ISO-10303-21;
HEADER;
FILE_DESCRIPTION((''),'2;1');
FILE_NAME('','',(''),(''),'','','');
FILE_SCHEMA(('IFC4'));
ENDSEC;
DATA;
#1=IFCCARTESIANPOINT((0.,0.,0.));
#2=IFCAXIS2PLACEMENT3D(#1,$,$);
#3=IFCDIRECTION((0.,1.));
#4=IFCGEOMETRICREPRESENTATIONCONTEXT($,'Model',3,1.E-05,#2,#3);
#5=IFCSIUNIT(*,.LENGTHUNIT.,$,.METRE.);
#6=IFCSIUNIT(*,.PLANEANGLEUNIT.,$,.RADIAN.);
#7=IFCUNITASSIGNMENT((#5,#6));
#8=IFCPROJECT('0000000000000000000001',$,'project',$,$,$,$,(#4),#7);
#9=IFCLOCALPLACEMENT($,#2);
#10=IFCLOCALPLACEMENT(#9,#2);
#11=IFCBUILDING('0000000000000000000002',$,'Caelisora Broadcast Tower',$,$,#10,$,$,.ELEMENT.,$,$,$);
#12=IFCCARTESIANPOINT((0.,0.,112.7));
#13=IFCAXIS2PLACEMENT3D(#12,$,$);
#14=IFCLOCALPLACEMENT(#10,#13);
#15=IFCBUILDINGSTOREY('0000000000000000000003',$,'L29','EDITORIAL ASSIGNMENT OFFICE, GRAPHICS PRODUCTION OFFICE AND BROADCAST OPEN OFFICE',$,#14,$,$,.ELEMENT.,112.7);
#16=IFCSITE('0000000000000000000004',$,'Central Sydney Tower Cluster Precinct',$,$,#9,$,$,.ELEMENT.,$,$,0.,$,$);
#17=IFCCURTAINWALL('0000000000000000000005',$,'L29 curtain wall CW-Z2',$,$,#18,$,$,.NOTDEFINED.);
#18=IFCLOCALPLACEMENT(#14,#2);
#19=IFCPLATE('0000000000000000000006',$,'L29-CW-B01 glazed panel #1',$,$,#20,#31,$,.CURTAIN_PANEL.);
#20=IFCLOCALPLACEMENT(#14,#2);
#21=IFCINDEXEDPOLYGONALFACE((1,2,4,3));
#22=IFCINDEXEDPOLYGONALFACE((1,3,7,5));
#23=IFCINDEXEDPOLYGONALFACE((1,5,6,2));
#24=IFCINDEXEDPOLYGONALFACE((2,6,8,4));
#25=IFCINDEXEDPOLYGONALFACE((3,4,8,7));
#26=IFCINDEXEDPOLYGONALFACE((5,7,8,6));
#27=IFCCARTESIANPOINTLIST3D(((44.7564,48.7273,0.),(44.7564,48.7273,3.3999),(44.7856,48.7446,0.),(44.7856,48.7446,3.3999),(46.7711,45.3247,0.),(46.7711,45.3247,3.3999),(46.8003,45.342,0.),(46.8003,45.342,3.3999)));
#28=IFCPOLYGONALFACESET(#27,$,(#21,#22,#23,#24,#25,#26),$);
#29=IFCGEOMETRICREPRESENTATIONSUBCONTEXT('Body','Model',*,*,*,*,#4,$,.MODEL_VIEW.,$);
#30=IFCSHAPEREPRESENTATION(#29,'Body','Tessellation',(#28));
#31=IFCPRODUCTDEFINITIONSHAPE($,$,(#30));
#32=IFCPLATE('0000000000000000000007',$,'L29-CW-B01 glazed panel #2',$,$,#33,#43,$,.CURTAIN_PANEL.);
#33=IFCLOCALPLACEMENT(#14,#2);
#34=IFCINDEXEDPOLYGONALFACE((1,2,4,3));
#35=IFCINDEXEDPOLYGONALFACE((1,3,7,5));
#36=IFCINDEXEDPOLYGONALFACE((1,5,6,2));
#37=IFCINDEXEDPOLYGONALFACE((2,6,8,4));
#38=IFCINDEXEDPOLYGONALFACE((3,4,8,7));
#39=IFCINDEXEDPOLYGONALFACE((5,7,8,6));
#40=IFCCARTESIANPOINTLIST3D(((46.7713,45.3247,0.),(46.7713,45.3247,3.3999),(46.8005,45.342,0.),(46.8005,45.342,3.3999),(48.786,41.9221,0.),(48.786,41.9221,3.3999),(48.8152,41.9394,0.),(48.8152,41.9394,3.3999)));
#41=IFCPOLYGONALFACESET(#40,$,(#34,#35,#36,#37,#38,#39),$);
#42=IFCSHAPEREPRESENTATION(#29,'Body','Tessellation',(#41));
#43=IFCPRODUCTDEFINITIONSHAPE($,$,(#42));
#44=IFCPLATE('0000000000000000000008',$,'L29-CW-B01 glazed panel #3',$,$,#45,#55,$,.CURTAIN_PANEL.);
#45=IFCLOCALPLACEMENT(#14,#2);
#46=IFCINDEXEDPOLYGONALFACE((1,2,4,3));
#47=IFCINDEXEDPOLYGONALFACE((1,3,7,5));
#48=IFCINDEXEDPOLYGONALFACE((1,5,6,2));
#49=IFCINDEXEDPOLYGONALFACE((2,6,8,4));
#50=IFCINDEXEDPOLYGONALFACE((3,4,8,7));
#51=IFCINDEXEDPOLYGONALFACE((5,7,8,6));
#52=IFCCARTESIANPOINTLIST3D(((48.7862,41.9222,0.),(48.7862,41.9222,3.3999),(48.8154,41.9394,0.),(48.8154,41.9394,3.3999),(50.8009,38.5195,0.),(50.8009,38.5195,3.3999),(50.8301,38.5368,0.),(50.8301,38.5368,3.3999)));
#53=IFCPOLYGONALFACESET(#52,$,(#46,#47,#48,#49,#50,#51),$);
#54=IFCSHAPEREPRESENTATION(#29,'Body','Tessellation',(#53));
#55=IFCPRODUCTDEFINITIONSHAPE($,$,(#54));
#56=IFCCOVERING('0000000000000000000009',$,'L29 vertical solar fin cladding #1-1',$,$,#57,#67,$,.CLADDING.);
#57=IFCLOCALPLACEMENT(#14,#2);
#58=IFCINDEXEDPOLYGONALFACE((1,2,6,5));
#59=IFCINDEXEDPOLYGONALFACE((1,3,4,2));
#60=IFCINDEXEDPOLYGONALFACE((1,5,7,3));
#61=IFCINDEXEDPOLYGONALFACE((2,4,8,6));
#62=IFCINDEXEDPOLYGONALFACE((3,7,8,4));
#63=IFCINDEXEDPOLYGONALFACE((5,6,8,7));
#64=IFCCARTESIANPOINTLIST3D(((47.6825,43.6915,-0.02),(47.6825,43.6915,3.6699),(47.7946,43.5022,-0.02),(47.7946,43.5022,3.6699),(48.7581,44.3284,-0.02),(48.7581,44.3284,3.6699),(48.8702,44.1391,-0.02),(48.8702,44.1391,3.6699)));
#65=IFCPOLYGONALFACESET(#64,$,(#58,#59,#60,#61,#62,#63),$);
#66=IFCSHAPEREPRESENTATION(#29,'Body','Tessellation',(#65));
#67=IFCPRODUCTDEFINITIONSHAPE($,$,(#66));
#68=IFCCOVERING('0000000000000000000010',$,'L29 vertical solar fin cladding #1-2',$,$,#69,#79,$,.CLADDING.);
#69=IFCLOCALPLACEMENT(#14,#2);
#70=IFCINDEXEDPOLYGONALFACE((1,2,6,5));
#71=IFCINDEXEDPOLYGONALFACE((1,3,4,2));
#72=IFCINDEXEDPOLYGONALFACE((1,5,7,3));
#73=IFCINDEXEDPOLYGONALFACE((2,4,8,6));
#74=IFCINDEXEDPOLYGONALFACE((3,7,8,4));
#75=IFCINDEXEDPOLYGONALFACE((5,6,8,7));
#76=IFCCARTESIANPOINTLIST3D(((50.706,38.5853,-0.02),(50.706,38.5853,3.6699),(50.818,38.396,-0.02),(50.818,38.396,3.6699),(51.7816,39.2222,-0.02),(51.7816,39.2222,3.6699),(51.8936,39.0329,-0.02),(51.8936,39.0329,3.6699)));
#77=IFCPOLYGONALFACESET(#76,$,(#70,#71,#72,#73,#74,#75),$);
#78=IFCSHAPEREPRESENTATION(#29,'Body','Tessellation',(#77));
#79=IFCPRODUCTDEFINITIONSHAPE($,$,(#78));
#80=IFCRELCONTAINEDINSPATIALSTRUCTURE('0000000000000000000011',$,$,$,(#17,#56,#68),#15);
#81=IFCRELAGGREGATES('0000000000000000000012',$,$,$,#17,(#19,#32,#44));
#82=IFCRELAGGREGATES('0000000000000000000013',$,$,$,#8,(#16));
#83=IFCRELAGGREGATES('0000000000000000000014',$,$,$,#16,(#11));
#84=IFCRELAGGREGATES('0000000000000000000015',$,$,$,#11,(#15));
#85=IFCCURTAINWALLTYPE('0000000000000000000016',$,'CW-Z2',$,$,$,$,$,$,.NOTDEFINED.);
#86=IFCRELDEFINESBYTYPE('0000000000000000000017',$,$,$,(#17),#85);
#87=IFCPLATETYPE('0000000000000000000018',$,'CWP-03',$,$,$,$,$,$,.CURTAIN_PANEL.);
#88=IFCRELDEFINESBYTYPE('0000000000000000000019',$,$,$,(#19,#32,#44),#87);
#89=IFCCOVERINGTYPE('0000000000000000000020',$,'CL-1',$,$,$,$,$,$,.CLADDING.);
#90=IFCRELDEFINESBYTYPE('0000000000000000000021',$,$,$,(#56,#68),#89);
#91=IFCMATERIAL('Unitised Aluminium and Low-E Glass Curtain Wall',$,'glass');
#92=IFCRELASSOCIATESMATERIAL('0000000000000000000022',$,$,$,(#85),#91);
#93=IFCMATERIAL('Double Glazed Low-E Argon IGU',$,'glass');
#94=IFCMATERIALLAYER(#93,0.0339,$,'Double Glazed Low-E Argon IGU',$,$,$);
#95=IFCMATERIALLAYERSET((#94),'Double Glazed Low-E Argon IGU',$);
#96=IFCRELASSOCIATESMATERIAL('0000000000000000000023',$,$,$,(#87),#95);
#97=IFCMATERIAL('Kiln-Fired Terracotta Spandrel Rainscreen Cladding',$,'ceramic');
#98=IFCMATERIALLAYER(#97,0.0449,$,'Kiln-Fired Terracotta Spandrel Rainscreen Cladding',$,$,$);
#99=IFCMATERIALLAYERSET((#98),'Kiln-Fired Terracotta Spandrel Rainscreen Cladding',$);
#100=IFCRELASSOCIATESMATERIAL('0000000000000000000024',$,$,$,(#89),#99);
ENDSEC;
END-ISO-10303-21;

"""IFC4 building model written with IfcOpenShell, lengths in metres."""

from ifc_helpers import new_model, si_unit, direction, frame, origin, origin_2d, place, context, subcontext, project, spatial, rectangle, extrude, source, transform, mapped, material, layer, layer_set, type_object, type_shapes, element, aggregate, save


model = new_model("IFC4")

# Units and contexts
model_context = context("Model", 3, precision=1e-05, world=origin(), true_north=direction((0.0, 1.0)))
body_context = subcontext(model_context, "Body", "Model", "MODEL_VIEW")
ifc_project = project(units=[si_unit("LENGTHUNIT", "METRE"), si_unit("PLANEANGLEUNIT", "RADIAN")], contexts=[model_context])

# Site, building, storey
site_placement = place(None, origin())
site = spatial("IfcSite", under=ifc_project, at=site_placement, Name="Central Sydney Tower Cluster Precinct", CompositionType="ELEMENT", RefElevation=0.0)
building_placement = place(site_placement, origin())
building = spatial("IfcBuilding", under=site, at=building_placement, Name="Caelisora Broadcast Tower", CompositionType="ELEMENT")
storey_placement = place(building_placement, frame((0.0, 0.0, 112.7)))
storey = spatial("IfcBuildingStorey", under=building, at=storey_placement, Name="L29", Description="EDITORIAL ASSIGNMENT OFFICE, GRAPHICS PRODUCTION OFFICE AND BROADCAST OPEN OFFICE", CompositionType="ELEMENT", Elevation=112.7)

# Curtain wall
ifc_material_1 = material(Name="Unitised Aluminium and Low-E Glass Curtain Wall", Category="glass")
curtain_wall_type_1 = type_object("IfcCurtainWallType", Name="CW-Z2", PredefinedType="NOTDEFINED", material=ifc_material_1)
curtain_wall_1_placement = place(storey_placement, origin())
curtain_wall_1 = element("IfcCurtainWall", 1, at=curtain_wall_1_placement, inside=storey, type_object=curtain_wall_type_1, Name="L29 curtain wall CW-Z2", PredefinedType="NOTDEFINED")

# Plates
ifc_material_2 = material(Name="Double Glazed Low-E Argon IGU", Category="glass")
ifc_layer_1 = layer(ifc_material_2, 0.0339, Name="Double Glazed Low-E Argon IGU")
ifc_layer_set_1 = layer_set([ifc_layer_1], Name="Double Glazed Low-E Argon IGU")
plate_type_1 = type_object("IfcPlateType", Name="CWP-03", PredefinedType="CURTAIN_PANEL", material=ifc_layer_set_1)
shared_shape_1 = source(origin(), body_context, "Body", "SweptSolid", [
    extrude(rectangle(XDim=3.9543, YDim=0.0339, at=origin_2d()), origin(), (0.0, 0.0, 1.0), 3.3999),
])
type_shapes(plate_type_1, [shared_shape_1])
plate_1_placement = place(storey_placement, frame((45.7783, 47.0347, 0.0), z_axis=(0.0, 0.0, 1.0), x_axis=(0.509492, -0.860475, 0.0)))
plate_1 = element("IfcPlate", 2, at=plate_1_placement, type_object=plate_type_1, Name="L29-CW-B01 glazed panel #1", PredefinedType="CURTAIN_PANEL", context=body_context, shape_type="MappedRepresentation", body=[
    mapped(shared_shape_1, transform((0.0, 0.0, 0.0), scale=1.0)),
])
plate_2_placement = place(storey_placement, frame((47.7932, 43.6321, 0.0), z_axis=(0.0, 0.0, 1.0), x_axis=(0.509492, -0.860475, 0.0)))
plate_2 = element("IfcPlate", 3, at=plate_2_placement, type_object=plate_type_1, Name="L29-CW-B01 glazed panel #2", PredefinedType="CURTAIN_PANEL", context=body_context, shape_type="MappedRepresentation", body=[
    mapped(shared_shape_1, transform((0.0, 0.0, 0.0), scale=1.0)),
])
plate_3_placement = place(storey_placement, frame((49.8081, 40.2295, 0.0), z_axis=(0.0, 0.0, 1.0), x_axis=(0.509492, -0.860475, 0.0)))
plate_3 = element("IfcPlate", 4, at=plate_3_placement, type_object=plate_type_1, Name="L29-CW-B01 glazed panel #3", PredefinedType="CURTAIN_PANEL", context=body_context, shape_type="MappedRepresentation", body=[
    mapped(shared_shape_1, transform((0.0, 0.0, 0.0), scale=1.0)),
])
aggregate(curtain_wall_1, [plate_1, plate_2, plate_3])

# Coverings
ifc_material_3 = material(Name="Kiln-Fired Terracotta Spandrel Rainscreen Cladding", Category="ceramic")
ifc_layer_2 = layer(ifc_material_3, 0.0449, Name="Kiln-Fired Terracotta Spandrel Rainscreen Cladding")
ifc_layer_set_2 = layer_set([ifc_layer_2], Name="Kiln-Fired Terracotta Spandrel Rainscreen Cladding")
covering_type = type_object("IfcCoveringType", Name="CL-1", PredefinedType="CLADDING", material=ifc_layer_set_2)
shared_shape_2 = source(origin(), body_context, "Body", "SweptSolid", [
    extrude(rectangle(XDim=0.22, YDim=1.25, at=origin_2d()), origin(), (0.0, 0.0, 1.0), 3.6899),
])
type_shapes(covering_type, [shared_shape_2])
for number, where, z_axis, x_axis, name in (
    (5, (48.2764, 43.9153, -0.02), (0.0, 0.0, 1.0), (0.509492, -0.860475, 0.0), "L29 vertical solar fin cladding #1-1"),
    (6, (51.2998, 38.8091, -0.02), (0.0, 0.0, 1.0), (0.509492, -0.860475, 0.0), "L29 vertical solar fin cladding #1-2"),
):
    element("IfcCovering", number, at=place(storey_placement, frame(where, z_axis=z_axis, x_axis=x_axis)), inside=storey, type_object=covering_type, Name=name, PredefinedType="CLADDING", context=body_context, shape_type="MappedRepresentation", body=[
        mapped(shared_shape_2, transform((0.0, 0.0, 0.0), scale=1.0)),
    ])

save(model, "model.ifc")
